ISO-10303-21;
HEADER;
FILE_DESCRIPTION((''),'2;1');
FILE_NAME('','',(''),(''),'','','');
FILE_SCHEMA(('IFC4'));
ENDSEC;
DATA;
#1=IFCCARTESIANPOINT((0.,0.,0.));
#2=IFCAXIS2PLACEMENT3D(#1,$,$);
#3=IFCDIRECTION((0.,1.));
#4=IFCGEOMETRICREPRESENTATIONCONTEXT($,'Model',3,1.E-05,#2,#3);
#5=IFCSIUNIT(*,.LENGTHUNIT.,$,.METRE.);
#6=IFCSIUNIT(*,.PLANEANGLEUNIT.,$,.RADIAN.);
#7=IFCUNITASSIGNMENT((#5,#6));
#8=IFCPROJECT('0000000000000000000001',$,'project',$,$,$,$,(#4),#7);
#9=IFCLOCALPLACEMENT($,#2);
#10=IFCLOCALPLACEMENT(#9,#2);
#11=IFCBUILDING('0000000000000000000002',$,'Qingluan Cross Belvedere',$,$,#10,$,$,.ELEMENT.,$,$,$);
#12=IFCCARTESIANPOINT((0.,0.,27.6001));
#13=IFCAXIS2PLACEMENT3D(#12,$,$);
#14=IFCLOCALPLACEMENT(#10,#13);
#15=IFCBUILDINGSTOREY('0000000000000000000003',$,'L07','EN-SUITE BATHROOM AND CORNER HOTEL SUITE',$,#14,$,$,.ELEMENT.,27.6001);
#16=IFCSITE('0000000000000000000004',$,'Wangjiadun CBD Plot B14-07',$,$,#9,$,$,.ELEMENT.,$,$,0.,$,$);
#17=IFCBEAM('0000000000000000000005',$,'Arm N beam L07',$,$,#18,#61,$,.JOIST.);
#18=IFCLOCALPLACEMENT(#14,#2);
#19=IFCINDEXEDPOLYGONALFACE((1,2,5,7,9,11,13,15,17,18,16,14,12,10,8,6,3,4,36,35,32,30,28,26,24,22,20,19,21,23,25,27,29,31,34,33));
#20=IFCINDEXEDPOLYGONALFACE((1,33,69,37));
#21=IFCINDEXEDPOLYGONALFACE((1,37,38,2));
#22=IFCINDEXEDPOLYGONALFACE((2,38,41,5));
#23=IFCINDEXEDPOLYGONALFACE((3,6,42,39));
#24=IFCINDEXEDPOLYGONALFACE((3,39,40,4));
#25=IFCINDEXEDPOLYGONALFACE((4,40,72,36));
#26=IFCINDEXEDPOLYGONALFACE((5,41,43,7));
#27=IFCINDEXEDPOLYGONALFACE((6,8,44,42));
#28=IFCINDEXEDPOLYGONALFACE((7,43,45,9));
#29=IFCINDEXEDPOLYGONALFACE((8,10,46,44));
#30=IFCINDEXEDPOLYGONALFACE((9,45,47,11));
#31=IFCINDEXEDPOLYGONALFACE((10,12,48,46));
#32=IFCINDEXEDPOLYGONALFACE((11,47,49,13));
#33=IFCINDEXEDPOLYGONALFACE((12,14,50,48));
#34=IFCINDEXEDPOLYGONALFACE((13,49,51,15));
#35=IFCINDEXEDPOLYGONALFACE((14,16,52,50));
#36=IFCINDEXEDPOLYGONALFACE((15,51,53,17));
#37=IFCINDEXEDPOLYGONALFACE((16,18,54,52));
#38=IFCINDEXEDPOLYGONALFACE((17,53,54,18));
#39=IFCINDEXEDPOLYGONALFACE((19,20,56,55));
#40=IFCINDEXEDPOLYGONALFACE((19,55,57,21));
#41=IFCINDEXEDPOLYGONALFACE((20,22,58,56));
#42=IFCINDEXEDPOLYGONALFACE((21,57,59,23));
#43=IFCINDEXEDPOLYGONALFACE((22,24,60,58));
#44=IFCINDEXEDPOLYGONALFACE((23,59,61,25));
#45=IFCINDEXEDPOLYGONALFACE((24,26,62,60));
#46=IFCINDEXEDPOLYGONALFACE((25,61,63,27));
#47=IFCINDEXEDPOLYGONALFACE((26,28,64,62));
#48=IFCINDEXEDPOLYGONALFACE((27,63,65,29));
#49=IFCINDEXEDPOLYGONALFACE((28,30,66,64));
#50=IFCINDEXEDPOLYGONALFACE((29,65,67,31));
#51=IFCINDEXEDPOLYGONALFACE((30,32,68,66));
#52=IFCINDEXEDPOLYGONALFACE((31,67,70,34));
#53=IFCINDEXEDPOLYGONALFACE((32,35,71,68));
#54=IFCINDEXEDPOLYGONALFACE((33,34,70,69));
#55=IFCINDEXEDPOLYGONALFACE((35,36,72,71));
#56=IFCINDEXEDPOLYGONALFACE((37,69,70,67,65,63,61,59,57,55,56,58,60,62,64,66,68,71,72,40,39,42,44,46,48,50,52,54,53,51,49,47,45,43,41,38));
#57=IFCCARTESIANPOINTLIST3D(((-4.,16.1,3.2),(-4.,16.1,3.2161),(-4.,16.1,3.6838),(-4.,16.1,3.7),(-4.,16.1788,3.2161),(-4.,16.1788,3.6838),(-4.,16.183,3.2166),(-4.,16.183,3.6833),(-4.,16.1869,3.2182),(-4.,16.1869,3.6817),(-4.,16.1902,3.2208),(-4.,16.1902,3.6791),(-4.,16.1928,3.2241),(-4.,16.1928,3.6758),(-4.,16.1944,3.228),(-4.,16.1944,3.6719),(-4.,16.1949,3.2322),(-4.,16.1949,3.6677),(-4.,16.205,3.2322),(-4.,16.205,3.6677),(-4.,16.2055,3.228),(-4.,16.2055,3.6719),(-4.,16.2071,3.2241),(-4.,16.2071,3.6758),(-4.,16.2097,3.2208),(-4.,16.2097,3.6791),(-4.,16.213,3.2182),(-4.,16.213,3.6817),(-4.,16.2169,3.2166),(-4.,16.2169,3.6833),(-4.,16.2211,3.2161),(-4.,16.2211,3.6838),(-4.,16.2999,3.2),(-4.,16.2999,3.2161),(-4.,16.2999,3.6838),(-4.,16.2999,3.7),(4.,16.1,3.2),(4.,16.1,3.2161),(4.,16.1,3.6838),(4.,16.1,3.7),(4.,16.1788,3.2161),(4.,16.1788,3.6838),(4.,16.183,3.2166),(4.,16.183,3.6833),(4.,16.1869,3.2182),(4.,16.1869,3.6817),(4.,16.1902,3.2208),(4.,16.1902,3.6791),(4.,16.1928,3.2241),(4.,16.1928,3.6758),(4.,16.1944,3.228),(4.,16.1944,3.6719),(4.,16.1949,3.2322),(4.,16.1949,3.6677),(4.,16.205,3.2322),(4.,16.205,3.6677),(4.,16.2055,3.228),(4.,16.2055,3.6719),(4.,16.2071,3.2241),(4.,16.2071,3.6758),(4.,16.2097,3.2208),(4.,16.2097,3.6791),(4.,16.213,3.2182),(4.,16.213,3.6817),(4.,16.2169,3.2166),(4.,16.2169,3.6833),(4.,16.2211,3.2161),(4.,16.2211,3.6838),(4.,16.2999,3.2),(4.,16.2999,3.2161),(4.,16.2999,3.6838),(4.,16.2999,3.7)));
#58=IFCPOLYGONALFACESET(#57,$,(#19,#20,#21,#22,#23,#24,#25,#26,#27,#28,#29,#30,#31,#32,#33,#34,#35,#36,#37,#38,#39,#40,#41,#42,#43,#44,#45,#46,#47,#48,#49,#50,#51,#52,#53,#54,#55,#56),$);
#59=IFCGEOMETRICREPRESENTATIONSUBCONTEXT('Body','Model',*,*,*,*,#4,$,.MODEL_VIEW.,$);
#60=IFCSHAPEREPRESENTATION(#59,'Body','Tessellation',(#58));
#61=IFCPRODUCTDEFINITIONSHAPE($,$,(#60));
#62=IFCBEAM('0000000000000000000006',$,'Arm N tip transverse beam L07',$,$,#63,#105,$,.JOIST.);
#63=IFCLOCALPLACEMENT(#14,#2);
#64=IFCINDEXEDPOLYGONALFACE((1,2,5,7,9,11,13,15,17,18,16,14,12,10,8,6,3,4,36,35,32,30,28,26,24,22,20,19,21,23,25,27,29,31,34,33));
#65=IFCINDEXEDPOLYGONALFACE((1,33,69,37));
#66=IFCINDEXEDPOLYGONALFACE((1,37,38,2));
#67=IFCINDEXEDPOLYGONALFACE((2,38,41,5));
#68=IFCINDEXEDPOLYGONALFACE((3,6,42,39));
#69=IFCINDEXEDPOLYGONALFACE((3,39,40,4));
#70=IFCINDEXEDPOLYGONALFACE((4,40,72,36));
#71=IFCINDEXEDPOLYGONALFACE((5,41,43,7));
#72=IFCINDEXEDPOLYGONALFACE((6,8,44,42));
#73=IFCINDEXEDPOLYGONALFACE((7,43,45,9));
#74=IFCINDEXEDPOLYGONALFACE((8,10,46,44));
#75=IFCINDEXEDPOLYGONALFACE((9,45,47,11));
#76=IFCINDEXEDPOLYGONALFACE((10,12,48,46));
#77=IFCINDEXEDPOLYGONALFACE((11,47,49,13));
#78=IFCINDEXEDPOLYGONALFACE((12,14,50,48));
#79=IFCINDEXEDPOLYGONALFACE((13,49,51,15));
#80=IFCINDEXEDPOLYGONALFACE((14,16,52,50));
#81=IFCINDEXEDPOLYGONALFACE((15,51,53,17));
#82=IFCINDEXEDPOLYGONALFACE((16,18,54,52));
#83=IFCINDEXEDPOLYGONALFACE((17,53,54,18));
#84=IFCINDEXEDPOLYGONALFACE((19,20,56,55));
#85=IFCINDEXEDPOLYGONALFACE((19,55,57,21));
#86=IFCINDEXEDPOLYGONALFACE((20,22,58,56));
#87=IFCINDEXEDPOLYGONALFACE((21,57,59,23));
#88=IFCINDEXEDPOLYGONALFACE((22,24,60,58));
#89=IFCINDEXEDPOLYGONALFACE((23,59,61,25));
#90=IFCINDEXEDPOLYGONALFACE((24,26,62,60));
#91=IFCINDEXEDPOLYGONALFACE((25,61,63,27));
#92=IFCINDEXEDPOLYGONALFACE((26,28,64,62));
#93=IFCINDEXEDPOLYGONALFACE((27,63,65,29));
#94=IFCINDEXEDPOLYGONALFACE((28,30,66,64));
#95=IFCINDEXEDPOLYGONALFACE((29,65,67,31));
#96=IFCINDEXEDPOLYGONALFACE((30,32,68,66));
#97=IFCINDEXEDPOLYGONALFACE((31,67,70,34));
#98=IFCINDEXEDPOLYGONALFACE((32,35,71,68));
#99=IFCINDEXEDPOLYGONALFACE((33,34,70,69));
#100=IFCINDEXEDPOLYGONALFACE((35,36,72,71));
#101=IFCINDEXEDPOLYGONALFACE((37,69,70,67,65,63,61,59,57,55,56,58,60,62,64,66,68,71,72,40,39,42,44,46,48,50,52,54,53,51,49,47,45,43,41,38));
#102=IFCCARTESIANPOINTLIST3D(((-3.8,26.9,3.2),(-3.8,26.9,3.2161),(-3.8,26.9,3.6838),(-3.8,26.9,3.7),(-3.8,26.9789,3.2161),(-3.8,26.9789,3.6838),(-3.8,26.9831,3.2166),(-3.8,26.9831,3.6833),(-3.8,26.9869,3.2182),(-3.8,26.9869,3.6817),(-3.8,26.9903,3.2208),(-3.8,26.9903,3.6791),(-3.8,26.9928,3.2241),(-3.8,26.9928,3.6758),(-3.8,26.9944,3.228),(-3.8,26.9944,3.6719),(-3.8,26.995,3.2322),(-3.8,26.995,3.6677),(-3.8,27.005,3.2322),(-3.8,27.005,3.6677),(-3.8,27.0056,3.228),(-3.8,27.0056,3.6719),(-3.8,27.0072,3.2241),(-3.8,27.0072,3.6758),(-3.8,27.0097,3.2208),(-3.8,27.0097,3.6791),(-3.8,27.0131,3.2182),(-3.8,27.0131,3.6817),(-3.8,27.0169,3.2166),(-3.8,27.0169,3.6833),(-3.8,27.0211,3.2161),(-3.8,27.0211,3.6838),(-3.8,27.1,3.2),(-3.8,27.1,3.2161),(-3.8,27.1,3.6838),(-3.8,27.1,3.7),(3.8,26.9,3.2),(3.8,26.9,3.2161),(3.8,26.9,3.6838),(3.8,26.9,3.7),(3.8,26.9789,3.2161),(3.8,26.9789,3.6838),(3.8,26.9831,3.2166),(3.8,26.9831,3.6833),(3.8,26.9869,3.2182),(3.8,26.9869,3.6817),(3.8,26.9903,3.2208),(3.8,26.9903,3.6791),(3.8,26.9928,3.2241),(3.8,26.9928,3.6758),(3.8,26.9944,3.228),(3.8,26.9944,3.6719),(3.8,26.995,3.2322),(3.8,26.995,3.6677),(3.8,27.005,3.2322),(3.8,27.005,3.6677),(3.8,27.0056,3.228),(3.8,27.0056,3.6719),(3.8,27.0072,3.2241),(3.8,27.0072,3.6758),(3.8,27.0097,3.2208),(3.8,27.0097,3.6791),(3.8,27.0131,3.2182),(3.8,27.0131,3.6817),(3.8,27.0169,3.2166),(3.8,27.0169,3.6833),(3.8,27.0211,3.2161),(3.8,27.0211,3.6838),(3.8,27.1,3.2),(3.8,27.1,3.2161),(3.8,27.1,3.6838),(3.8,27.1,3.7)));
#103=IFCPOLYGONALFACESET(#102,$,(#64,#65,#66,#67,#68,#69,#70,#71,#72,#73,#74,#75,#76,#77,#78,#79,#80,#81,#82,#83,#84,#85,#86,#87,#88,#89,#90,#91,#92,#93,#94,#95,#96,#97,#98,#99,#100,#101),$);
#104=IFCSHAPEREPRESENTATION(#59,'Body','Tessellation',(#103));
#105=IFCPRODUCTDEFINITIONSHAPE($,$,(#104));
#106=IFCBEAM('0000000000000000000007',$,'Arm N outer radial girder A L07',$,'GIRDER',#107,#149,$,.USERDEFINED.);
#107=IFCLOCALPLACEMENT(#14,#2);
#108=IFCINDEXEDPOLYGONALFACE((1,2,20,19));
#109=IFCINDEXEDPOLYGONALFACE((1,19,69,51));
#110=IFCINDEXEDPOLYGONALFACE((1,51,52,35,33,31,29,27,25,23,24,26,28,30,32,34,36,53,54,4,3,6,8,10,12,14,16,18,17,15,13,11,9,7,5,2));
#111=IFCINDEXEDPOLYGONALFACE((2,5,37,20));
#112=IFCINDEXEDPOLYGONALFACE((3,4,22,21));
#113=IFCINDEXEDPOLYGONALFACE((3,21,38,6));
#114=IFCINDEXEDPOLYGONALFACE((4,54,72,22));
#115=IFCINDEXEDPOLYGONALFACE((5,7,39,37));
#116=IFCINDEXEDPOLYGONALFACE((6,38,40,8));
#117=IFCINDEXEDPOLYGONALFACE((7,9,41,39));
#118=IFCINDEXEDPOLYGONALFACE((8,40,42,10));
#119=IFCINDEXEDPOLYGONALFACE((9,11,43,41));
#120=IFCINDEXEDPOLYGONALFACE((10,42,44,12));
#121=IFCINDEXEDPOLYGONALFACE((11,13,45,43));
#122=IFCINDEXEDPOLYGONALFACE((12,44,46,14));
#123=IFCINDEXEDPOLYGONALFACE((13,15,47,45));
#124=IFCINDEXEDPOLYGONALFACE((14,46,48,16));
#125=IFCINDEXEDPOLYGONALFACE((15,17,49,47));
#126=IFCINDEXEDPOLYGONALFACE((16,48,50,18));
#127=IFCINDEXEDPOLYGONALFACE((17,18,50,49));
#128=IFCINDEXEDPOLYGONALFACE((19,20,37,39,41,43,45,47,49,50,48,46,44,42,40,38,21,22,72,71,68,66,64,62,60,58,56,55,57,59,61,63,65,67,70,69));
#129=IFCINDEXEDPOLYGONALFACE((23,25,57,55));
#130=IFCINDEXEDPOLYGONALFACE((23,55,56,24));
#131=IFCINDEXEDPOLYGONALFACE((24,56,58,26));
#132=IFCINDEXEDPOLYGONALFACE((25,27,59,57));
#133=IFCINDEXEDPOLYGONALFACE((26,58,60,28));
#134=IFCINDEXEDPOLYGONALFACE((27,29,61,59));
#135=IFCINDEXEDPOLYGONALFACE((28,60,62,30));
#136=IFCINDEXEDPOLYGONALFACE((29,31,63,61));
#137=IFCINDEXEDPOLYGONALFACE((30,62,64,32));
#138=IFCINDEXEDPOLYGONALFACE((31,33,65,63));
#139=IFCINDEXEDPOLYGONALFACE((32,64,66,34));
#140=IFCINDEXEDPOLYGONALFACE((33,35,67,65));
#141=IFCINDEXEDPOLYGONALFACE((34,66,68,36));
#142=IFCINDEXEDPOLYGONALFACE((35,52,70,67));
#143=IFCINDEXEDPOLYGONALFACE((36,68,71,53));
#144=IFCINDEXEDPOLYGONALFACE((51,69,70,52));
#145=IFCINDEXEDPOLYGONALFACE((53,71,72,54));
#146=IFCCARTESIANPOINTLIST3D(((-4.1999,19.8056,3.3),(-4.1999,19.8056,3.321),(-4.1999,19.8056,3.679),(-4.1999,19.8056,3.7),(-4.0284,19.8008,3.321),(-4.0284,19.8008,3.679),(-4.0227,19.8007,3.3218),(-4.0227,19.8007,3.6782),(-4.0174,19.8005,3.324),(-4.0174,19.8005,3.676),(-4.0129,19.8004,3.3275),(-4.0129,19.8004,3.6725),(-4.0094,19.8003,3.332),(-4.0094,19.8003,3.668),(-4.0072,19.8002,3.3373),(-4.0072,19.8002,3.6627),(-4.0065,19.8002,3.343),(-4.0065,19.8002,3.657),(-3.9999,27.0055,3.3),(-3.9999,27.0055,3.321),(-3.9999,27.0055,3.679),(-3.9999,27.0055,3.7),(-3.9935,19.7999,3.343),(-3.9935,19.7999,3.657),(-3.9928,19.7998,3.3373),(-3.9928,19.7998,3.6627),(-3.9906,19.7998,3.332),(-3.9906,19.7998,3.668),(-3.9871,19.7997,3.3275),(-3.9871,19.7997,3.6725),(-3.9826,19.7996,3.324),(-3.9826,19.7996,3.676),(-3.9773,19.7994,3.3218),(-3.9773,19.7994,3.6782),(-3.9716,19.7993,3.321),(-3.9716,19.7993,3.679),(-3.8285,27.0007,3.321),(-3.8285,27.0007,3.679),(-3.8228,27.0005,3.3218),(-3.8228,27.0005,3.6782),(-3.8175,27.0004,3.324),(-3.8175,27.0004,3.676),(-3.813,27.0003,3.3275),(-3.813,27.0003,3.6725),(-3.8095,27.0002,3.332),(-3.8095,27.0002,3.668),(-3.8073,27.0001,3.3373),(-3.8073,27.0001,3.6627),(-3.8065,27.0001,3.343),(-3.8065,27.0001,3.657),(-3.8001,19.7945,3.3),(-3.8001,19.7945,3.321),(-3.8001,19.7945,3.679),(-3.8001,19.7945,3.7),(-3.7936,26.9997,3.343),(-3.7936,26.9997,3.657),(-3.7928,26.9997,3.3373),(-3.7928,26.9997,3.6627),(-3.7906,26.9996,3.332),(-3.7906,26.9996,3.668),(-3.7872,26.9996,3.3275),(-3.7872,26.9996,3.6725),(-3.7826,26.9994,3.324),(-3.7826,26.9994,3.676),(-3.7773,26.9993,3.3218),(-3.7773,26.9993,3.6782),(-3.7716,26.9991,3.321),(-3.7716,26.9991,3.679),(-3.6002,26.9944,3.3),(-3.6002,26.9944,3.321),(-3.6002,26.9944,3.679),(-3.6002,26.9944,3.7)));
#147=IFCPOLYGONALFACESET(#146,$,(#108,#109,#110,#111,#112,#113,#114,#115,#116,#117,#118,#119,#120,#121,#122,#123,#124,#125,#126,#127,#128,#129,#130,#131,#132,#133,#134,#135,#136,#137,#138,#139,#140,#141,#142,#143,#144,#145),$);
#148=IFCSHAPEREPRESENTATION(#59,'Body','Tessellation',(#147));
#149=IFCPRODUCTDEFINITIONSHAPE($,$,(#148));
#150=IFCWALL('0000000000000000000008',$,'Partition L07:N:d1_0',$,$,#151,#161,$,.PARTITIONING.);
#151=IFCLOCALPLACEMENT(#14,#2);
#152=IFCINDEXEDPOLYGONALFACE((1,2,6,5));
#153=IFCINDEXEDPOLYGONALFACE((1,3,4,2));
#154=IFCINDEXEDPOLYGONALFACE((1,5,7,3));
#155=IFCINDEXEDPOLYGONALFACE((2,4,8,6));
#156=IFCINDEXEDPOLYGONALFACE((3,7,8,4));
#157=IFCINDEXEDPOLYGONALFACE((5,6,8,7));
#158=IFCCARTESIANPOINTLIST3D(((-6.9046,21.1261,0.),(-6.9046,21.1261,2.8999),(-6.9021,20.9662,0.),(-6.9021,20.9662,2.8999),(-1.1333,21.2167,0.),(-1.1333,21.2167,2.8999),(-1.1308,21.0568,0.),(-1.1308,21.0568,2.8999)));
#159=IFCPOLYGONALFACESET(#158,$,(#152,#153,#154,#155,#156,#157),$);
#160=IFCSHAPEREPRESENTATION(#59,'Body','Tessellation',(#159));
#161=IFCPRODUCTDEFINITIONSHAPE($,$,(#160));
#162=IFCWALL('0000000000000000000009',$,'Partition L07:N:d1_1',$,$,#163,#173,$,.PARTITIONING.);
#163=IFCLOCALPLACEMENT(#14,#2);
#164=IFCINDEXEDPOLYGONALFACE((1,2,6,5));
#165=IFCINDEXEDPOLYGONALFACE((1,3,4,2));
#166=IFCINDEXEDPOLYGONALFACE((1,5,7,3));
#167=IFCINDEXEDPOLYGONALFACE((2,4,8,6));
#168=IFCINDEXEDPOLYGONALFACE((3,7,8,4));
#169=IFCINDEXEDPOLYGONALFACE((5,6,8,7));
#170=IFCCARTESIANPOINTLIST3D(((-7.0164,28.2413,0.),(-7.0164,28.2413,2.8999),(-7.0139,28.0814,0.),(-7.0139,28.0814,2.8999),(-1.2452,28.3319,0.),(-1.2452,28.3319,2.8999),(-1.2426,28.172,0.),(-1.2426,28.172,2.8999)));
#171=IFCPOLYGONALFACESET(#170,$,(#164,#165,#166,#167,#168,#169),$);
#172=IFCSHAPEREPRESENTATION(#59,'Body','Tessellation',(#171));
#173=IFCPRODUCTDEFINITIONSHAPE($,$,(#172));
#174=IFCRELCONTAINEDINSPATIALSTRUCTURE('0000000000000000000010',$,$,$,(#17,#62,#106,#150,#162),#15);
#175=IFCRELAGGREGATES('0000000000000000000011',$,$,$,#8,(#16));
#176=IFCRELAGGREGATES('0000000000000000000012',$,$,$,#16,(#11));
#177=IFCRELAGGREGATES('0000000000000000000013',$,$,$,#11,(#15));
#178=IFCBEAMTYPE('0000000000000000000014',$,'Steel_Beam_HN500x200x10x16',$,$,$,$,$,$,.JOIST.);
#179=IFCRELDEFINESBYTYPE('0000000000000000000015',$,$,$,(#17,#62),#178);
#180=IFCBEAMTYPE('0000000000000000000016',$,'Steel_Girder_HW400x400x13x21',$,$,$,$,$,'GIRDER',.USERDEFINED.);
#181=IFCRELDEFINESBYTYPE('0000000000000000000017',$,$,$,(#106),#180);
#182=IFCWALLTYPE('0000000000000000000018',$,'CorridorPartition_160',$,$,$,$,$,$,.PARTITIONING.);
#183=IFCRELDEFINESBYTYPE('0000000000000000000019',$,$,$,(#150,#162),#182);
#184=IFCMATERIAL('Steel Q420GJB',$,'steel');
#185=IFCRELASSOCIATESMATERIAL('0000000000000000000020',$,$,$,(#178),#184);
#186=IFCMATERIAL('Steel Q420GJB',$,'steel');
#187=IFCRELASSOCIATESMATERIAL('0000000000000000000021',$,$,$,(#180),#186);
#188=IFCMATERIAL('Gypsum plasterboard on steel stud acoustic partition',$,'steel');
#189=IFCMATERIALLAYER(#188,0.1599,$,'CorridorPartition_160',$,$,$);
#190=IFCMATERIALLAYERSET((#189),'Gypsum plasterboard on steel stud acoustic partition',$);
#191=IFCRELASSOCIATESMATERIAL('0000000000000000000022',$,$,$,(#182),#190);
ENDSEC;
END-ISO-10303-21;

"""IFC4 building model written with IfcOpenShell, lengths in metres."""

from ifc_helpers import new_model, si_unit, direction, frame, frame_2d, origin, origin_2d, place, context, subcontext, project, spatial, rectangle, i_section, extrude, material, layer, layer_set, material_profile, profile_set, type_object, element, save


model = new_model("IFC4")

# Units and contexts
model_context = context("Model", 3, precision=1e-05, world=origin(), true_north=direction((0.0, 1.0)))
body_context = subcontext(model_context, "Body", "Model", "MODEL_VIEW")
ifc_project = project(units=[si_unit("LENGTHUNIT", "METRE"), si_unit("PLANEANGLEUNIT", "RADIAN")], contexts=[model_context])

# Site, building, storey
site_placement = place(None, origin())
site = spatial("IfcSite", under=ifc_project, at=site_placement, Name="Wangjiadun CBD Plot B14-07", CompositionType="ELEMENT", RefElevation=0.0)
building_placement = place(site_placement, origin())
building = spatial("IfcBuilding", under=site, at=building_placement, Name="Qingluan Cross Belvedere", CompositionType="ELEMENT")
storey_placement = place(building_placement, frame((0.0, 0.0, 27.6001)))
storey = spatial("IfcBuildingStorey", under=building, at=storey_placement, Name="L07", Description="EN-SUITE BATHROOM AND CORNER HOTEL SUITE", CompositionType="ELEMENT", Elevation=27.6001)

# Beams
ifc_material_1 = material(Name="Steel Q420GJB", Category="steel")
ifc_material_profile_1 = material_profile(ifc_material_1, i_section(OverallWidth=0.2, OverallDepth=0.5, WebThickness=0.01, FlangeThickness=0.0161, FilletRadius=0.0161, at=origin_2d()), Name="HN500x200x10x16")
ifc_profile_set_1 = profile_set([ifc_material_profile_1], Name="Steel Q420GJB")
beam_type_1 = type_object("IfcBeamType", Name="Steel_Beam_HN500x200x10x16", PredefinedType="JOIST", material=ifc_profile_set_1)
for number, where, z_axis, x_axis, name in (
    (1, (-4.0, 16.2, 3.45), (1.0, 0.0, 0.0), (0.0, 1.0, 0.0), "Arm N beam L07"),
):
    element("IfcBeam", number, at=place(storey_placement, frame(where, z_axis=z_axis, x_axis=x_axis)), inside=storey, type_object=beam_type_1, Name=name, PredefinedType="JOIST", context=body_context, shape_type="SweptSolid", body=[
        extrude(i_section(OverallWidth=0.2, OverallDepth=0.5, WebThickness=0.01, FlangeThickness=0.0161, FilletRadius=0.0161, at=origin_2d()), origin(), (0.0, 0.0, 1.0), 8.0),
    ])
beam_1_placement = place(storey_placement, frame((-3.8, 27.0, 3.45), z_axis=(1.0, 0.0, 0.0), x_axis=(0.0, 1.0, 0.0)))
element("IfcBeam", 2, at=beam_1_placement, inside=storey, type_object=beam_type_1, Name="Arm N tip transverse beam L07", PredefinedType="JOIST", context=body_context, shape_type="SweptSolid", body=[
    extrude(i_section(OverallWidth=0.2, OverallDepth=0.5, WebThickness=0.01, FlangeThickness=0.0161, FilletRadius=0.0161, at=origin_2d()), origin(), (0.0, 0.0, 1.0), 7.6001),
])
ifc_material_2 = material(Name="Steel Q420GJB", Category="steel")
ifc_material_profile_2 = material_profile(ifc_material_2, i_section(OverallWidth=0.3999, OverallDepth=0.3999, WebThickness=0.0129, FlangeThickness=0.021, FilletRadius=0.022, at=origin_2d()), Name="HW400x400x13x21")
ifc_profile_set_2 = profile_set([ifc_material_profile_2], Name="Steel Q420GJB")
beam_type_2 = type_object("IfcBeamType", Name="Steel_Girder_HW400x400x13x21", ElementType="GIRDER", PredefinedType="USERDEFINED", material=ifc_profile_set_2)
beam_2_placement = place(storey_placement, frame((-4.0, 19.8, 3.5), z_axis=(0.02776, 0.999615, 0.0), x_axis=(-0.999615, 0.02776, 0.0)))
element("IfcBeam", 3, at=beam_2_placement, inside=storey, type_object=beam_type_2, Name="Arm N outer radial girder A L07", ObjectType="GIRDER", PredefinedType="USERDEFINED", context=body_context, shape_type="SweptSolid", body=[
    extrude(i_section(OverallWidth=0.3999, OverallDepth=0.3999, WebThickness=0.0129, FlangeThickness=0.021, FilletRadius=0.022, at=origin_2d()), origin(), (0.0, 0.0, 1.0), 7.2026),
])

# Walls
ifc_material_3 = material(Name="Gypsum plasterboard on steel stud acoustic partition", Category="steel")
ifc_layer_1 = layer(ifc_material_3, 0.1599, Name="CorridorPartition_160")
ifc_layer_set_1 = layer_set([ifc_layer_1], Name="Gypsum plasterboard on steel stud acoustic partition")
wall_type_1 = type_object("IfcWallType", Name="CorridorPartition_160", PredefinedType="PARTITIONING", material=ifc_layer_set_1)
for number, where, z_axis, x_axis, name in (
    (4, (-1.1321, 21.1367, 0.0), (0.0, 0.0, 1.0), (-0.999877, -0.015692, 0.0), "Partition L07:N:d1_0"),
    (5, (-1.2439, 28.252, 0.0), (0.0, 0.0, 1.0), (-0.999877, -0.015692, 0.0), "Partition L07:N:d1_1"),
):
    element("IfcWall", number, at=place(storey_placement, frame(where, z_axis=z_axis, x_axis=x_axis)), inside=storey, type_object=wall_type_1, Name=name, PredefinedType="PARTITIONING", context=body_context, shape_type="SweptSolid", body=[
        extrude(rectangle(XDim=5.772, YDim=0.1599, at=frame_2d((2.886, 0.0))), origin(), (0.0, 0.0, 1.0), 2.8999),
    ])

save(model, "model.ifc")
